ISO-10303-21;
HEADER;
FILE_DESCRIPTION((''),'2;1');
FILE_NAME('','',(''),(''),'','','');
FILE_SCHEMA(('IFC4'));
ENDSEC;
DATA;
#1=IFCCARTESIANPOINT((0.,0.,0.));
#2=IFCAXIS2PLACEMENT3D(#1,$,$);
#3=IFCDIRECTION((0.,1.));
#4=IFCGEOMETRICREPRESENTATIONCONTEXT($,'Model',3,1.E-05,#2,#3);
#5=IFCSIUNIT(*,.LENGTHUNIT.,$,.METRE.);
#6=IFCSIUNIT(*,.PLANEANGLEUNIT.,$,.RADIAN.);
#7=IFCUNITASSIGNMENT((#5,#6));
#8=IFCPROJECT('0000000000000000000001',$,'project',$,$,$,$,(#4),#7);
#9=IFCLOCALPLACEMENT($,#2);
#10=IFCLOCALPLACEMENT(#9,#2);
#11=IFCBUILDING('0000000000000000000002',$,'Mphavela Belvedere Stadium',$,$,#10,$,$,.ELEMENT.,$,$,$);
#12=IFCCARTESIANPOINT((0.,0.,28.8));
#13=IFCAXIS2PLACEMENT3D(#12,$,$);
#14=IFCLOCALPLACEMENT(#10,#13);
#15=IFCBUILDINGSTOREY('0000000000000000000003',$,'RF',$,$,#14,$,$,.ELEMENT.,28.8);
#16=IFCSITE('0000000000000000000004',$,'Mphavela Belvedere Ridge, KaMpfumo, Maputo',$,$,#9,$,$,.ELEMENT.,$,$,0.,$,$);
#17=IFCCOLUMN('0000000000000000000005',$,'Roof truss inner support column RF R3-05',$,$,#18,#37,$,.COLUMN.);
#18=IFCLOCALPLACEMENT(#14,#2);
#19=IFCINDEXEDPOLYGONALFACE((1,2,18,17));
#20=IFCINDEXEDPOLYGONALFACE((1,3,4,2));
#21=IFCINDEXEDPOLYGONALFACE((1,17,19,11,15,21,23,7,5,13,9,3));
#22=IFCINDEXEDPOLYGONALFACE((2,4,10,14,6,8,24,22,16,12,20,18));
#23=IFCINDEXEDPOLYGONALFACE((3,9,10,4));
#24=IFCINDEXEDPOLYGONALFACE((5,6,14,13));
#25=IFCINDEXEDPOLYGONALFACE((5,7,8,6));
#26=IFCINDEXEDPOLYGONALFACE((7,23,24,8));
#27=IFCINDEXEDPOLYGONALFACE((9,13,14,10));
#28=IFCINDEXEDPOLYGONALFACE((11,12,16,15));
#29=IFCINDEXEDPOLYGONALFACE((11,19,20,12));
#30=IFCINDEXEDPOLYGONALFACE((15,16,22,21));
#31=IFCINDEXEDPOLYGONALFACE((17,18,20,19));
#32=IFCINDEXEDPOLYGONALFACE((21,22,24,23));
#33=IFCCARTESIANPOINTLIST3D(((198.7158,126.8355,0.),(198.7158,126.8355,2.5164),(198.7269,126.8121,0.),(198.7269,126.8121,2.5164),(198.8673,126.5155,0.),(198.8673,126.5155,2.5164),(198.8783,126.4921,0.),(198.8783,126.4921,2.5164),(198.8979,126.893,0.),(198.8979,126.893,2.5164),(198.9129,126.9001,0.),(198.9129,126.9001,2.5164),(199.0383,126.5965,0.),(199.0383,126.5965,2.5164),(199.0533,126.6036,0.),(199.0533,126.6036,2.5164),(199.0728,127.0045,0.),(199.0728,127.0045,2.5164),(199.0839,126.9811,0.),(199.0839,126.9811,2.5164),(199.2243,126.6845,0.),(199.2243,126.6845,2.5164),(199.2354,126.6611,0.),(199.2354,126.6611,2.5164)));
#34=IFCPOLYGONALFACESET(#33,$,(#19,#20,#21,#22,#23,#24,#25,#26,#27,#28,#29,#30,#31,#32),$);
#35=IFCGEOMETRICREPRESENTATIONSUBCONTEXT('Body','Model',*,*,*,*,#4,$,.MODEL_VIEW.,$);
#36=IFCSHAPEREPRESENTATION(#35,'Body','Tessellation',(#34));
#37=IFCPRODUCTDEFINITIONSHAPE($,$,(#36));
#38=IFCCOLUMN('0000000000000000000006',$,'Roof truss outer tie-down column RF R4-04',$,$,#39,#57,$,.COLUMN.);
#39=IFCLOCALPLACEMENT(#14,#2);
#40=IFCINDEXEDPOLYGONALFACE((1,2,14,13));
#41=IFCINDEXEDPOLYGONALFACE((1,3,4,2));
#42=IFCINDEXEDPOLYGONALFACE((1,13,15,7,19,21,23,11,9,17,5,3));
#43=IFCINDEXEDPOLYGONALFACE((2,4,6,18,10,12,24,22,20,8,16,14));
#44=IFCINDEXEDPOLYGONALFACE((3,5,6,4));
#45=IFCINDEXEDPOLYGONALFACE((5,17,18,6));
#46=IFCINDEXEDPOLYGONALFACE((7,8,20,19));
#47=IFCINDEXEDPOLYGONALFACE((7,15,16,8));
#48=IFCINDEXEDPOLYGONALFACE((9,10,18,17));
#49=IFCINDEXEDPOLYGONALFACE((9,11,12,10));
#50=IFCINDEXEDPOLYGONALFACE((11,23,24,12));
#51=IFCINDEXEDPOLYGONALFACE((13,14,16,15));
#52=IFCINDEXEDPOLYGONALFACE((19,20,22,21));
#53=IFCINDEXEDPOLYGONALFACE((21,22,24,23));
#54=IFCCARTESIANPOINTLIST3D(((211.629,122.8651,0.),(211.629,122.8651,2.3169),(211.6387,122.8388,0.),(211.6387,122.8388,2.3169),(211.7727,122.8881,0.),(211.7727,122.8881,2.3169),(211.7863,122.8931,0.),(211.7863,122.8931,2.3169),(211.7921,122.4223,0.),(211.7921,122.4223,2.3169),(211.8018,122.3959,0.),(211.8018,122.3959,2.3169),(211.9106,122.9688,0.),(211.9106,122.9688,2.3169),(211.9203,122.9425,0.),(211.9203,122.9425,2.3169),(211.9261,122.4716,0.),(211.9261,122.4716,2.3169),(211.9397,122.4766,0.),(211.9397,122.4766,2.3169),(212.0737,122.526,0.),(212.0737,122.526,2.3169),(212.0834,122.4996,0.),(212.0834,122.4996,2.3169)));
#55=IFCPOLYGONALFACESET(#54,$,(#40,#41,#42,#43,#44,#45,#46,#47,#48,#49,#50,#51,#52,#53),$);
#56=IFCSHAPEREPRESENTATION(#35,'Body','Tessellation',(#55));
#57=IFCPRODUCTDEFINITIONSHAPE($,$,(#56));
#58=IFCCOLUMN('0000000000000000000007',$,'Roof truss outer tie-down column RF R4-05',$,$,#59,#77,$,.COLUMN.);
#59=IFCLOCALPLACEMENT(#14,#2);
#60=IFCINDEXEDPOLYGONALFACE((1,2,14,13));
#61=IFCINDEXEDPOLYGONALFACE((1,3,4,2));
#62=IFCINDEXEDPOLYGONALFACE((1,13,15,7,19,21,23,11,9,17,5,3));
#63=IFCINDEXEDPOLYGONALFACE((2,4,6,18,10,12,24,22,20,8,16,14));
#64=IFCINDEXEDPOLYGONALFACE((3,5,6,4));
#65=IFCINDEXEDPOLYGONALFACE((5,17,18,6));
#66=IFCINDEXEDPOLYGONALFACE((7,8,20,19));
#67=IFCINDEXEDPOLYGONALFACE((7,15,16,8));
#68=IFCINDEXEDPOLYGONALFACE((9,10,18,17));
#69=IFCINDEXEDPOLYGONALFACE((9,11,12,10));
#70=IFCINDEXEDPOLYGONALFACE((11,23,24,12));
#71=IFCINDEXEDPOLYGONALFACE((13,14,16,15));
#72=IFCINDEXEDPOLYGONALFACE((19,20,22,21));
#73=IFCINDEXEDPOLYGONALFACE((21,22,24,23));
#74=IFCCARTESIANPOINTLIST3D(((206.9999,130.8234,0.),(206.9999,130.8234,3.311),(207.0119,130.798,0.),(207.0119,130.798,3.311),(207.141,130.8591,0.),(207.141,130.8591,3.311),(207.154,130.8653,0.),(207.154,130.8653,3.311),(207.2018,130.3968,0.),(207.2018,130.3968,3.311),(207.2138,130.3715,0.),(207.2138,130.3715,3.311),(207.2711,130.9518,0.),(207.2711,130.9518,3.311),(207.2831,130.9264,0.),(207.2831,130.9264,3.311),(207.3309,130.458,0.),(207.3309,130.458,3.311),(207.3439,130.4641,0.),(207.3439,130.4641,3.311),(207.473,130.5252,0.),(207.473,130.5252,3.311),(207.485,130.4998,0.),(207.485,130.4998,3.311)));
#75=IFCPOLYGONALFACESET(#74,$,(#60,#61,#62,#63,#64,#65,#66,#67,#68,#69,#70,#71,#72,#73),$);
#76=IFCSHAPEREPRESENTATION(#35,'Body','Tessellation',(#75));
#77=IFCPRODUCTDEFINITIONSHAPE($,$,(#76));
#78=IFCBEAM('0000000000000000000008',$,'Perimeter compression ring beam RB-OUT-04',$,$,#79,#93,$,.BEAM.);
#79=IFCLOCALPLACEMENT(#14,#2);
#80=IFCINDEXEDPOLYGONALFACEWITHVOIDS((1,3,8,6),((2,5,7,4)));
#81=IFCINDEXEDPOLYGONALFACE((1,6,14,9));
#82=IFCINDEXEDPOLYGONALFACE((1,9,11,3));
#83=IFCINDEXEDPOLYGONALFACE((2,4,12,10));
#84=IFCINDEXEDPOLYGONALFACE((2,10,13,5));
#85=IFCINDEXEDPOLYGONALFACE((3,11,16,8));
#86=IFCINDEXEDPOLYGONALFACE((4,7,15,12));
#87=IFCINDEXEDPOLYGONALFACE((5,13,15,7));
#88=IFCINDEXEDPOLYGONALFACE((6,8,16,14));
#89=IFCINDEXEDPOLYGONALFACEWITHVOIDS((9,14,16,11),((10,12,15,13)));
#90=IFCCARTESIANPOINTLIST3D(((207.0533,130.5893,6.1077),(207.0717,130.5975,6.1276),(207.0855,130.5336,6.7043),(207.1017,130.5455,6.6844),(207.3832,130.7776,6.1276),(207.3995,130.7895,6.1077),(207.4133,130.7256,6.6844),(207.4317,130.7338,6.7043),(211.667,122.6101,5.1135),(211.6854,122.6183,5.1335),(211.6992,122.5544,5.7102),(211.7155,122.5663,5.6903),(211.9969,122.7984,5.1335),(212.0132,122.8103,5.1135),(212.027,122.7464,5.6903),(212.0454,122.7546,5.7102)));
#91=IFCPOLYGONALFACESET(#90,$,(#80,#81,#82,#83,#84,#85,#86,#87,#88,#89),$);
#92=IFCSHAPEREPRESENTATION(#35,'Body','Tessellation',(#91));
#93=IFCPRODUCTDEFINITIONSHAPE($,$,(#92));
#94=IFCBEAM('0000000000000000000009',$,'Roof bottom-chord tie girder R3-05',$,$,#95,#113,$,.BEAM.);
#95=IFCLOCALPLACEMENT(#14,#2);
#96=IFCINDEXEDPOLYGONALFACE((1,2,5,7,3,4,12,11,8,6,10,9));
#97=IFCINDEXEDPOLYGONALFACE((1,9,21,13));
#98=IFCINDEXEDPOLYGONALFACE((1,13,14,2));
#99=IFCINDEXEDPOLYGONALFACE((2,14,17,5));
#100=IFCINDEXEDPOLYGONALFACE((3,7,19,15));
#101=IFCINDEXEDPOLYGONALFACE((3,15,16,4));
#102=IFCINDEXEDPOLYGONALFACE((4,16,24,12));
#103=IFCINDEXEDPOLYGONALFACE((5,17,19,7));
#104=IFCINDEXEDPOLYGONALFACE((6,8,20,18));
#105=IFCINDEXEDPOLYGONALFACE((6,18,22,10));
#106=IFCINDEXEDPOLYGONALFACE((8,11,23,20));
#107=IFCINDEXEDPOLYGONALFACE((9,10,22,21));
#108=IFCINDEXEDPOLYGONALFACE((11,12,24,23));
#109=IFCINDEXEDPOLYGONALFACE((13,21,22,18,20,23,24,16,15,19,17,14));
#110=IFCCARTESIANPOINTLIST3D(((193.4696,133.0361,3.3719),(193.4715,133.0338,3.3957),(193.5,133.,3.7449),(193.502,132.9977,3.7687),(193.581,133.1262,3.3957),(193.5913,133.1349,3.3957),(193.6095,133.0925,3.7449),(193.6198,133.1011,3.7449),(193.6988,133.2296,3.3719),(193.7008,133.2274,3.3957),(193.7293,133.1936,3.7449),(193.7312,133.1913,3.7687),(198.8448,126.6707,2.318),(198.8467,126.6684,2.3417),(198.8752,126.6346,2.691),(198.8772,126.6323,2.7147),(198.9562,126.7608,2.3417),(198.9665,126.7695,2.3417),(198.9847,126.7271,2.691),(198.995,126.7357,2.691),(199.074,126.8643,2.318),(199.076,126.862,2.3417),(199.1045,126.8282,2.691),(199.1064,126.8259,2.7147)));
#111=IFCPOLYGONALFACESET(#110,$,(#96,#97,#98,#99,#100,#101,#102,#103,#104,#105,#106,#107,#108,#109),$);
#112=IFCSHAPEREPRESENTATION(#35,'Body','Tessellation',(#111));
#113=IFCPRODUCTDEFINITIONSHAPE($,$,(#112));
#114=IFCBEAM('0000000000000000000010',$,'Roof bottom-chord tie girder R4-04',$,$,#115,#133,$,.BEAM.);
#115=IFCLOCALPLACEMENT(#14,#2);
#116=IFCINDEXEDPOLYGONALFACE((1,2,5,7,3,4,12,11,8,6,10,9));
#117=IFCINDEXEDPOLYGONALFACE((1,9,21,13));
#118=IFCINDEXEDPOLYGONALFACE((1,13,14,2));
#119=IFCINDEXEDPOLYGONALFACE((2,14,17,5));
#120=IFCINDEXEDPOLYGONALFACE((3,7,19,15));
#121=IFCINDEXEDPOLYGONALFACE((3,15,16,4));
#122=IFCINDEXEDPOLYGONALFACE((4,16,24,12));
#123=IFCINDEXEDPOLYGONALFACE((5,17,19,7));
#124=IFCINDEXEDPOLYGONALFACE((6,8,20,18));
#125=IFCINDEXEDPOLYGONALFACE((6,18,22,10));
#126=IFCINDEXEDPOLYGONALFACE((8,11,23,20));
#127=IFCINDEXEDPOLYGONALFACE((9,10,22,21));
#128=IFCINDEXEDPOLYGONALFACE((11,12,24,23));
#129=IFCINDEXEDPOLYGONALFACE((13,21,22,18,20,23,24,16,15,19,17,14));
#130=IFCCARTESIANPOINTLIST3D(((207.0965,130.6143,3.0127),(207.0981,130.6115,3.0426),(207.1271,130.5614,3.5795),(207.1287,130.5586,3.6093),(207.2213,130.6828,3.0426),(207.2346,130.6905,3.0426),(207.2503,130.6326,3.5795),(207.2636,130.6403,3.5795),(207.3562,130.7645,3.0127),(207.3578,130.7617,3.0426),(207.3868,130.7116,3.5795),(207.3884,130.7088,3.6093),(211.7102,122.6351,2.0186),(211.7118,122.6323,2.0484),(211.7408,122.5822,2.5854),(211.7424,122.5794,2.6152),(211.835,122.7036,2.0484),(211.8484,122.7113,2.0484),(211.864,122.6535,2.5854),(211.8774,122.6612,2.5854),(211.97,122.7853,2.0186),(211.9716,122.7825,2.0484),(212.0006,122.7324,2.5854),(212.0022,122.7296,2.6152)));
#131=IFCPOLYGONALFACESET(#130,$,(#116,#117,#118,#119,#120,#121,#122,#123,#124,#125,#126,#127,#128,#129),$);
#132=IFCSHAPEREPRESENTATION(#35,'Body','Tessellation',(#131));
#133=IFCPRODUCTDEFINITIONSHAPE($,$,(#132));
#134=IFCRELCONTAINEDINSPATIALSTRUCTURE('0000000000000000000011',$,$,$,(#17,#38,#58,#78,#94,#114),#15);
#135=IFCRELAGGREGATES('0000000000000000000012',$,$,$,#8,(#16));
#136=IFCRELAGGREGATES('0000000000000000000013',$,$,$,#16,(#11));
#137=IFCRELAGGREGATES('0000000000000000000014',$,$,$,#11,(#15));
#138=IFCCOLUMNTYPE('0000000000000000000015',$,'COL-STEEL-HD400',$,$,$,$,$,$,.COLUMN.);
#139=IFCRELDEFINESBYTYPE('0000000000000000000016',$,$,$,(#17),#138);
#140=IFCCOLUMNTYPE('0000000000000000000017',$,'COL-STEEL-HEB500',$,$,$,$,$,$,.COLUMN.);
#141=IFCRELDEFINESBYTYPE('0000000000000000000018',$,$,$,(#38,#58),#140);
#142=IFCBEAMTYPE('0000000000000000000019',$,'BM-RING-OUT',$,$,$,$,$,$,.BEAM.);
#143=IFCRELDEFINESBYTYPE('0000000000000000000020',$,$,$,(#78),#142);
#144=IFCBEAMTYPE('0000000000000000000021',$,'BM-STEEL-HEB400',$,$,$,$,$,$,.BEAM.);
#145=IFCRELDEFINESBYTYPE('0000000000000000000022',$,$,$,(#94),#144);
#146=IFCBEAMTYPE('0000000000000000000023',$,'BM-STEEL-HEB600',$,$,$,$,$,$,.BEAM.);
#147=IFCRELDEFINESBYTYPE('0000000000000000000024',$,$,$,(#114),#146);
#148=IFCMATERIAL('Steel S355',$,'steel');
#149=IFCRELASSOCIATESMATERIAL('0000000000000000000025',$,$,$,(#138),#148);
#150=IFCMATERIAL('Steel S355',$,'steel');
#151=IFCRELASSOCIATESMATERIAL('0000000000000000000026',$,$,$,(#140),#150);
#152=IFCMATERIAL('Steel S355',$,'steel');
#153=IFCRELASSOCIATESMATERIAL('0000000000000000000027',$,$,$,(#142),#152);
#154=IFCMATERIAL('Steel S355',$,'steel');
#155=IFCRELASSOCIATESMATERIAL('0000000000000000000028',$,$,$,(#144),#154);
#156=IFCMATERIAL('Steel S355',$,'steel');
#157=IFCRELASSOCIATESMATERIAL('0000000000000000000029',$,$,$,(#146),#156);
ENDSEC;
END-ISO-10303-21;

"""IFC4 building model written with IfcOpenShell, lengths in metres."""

from ifc_helpers import new_model, si_unit, direction, frame, origin, origin_2d, place, context, subcontext, project, spatial, hollow_rectangle, i_section, extrude, material, material_profile, profile_set, type_object, element, save


model = new_model("IFC4")

# Units and contexts
model_context = context("Model", 3, precision=1e-05, world=origin(), true_north=direction((0.0, 1.0)))
body_context = subcontext(model_context, "Body", "Model", "MODEL_VIEW")
ifc_project = project(units=[si_unit("LENGTHUNIT", "METRE"), si_unit("PLANEANGLEUNIT", "RADIAN")], contexts=[model_context])

# Site, building, storey
site_placement = place(None, origin())
site = spatial("IfcSite", under=ifc_project, at=site_placement, Name="Mphavela Belvedere Ridge, KaMpfumo, Maputo", CompositionType="ELEMENT", RefElevation=0.0)
building_placement = place(site_placement, origin())
building = spatial("IfcBuilding", under=site, at=building_placement, Name="Mphavela Belvedere Stadium", CompositionType="ELEMENT")
storey_placement = place(building_placement, frame((0.0, 0.0, 28.8)))
storey = spatial("IfcBuildingStorey", under=building, at=storey_placement, Name="RF", CompositionType="ELEMENT", Elevation=28.8)

# Columns
ifc_material_1 = material(Name="Steel S355", Category="steel")
ifc_material_profile_1 = material_profile(ifc_material_1, i_section(OverallWidth=0.395, OverallDepth=0.3799, WebThickness=0.0166, FlangeThickness=0.0259, at=origin_2d()), Name="HD 400x237")
ifc_profile_set_1 = profile_set([ifc_material_profile_1], Name="Steel S355")
column_type_1 = type_object("IfcColumnType", Name="COL-STEEL-HD400", PredefinedType="COLUMN", material=ifc_profile_set_1)
column_1_placement = place(storey_placement, frame((198.9756, 126.7483, 0.0), z_axis=(0.0, 0.0, 1.0), x_axis=(0.903859, 0.427831, 0.0)))
element("IfcColumn", 1, at=column_1_placement, inside=storey, type_object=column_type_1, Name="Roof truss inner support column RF R3-05", PredefinedType="COLUMN", context=body_context, shape_type="SweptSolid", body=[
    extrude(i_section(OverallWidth=0.395, OverallDepth=0.3799, WebThickness=0.0166, FlangeThickness=0.0259, at=origin_2d()), origin(), (0.0, 0.0, 1.0), 2.5164),
])
ifc_material_2 = material(Name="Steel S355", Category="steel")
ifc_material_profile_2 = material_profile(ifc_material_2, i_section(OverallWidth=0.3, OverallDepth=0.5, WebThickness=0.0144, FlangeThickness=0.0281, at=origin_2d()), Name="HEB 500")
ifc_profile_set_2 = profile_set([ifc_material_profile_2], Name="Steel S355")
column_type_2 = type_object("IfcColumnType", Name="COL-STEEL-HEB500", PredefinedType="COLUMN", material=ifc_profile_set_2)
column_2_placement = place(storey_placement, frame((211.8562, 122.6824, 0.0), z_axis=(0.0, 0.0, 1.0), x_axis=(0.938372, 0.345626, 0.0)))
element("IfcColumn", 2, at=column_2_placement, inside=storey, type_object=column_type_2, Name="Roof truss outer tie-down column RF R4-04", PredefinedType="COLUMN", context=body_context, shape_type="SweptSolid", body=[
    extrude(i_section(OverallWidth=0.3, OverallDepth=0.5, WebThickness=0.0144, FlangeThickness=0.0281, at=origin_2d()), origin(), (0.0, 0.0, 1.0), 2.3169),
])
column_3_placement = place(storey_placement, frame((207.2424, 130.6616, 0.0), z_axis=(0.0, 0.0, 1.0), x_axis=(0.903859, 0.427831, 0.0)))
element("IfcColumn", 3, at=column_3_placement, inside=storey, type_object=column_type_2, Name="Roof truss outer tie-down column RF R4-05", PredefinedType="COLUMN", context=body_context, shape_type="SweptSolid", body=[
    extrude(i_section(OverallWidth=0.3, OverallDepth=0.5, WebThickness=0.0144, FlangeThickness=0.0281, at=origin_2d()), origin(), (0.0, 0.0, 1.0), 3.311),
])

# Beams
ifc_material_3 = material(Name="Steel S355", Category="steel")
ifc_material_profile_3 = material_profile(ifc_material_3, hollow_rectangle(XDim=0.3999, YDim=0.6001, WallThickness=0.02, at=origin_2d()), Name="RHS 600x400x20")
ifc_profile_set_3 = profile_set([ifc_material_profile_3], Name="Steel S355")
beam_type_1 = type_object("IfcBeamType", Name="BM-RING-OUT", PredefinedType="BEAM", material=ifc_profile_set_3)
beam_1_placement = place(storey_placement, frame((211.8562, 122.6824, 5.4119), z_axis=(-0.497679, 0.860707, 0.107236), x_axis=(-0.865699, -0.500565, 0.0)))
element("IfcBeam", 4, at=beam_1_placement, inside=storey, type_object=beam_type_1, Name="Perimeter compression ring beam RB-OUT-04", PredefinedType="BEAM", context=body_context, shape_type="SweptSolid", body=[
    extrude(hollow_rectangle(XDim=0.3999, YDim=0.6001, WallThickness=0.02, at=origin_2d()), origin(), (0.0, 0.0, 1.0), 9.2705),
])
ifc_material_4 = material(Name="Steel S355", Category="steel")
ifc_material_profile_4 = material_profile(ifc_material_4, i_section(OverallWidth=0.3, OverallDepth=0.3999, WebThickness=0.0134, FlangeThickness=0.0239, at=origin_2d()), Name="HEB 400")
ifc_profile_set_4 = profile_set([ifc_material_profile_4], Name="Steel S355")
beam_type_2 = type_object("IfcBeamType", Name="BM-STEEL-HEB400", PredefinedType="BEAM", material=ifc_profile_set_4)
beam_2_placement = place(storey_placement, frame((198.9756, 126.7483, 2.5164), z_axis=(-0.640076, 0.757992, 0.125503), x_axis=(-0.764033, -0.645177, 0.0)))
element("IfcBeam", 5, at=beam_2_placement, inside=storey, type_object=beam_type_2, Name="Roof bottom-chord tie girder R3-05", PredefinedType="BEAM", context=body_context, shape_type="SweptSolid", body=[
    extrude(i_section(OverallWidth=0.3, OverallDepth=0.3999, WebThickness=0.0134, FlangeThickness=0.0239, at=origin_2d()), origin(), (0.0, 0.0, 1.0), 8.3977),
])
ifc_material_5 = material(Name="Steel S355", Category="steel")
ifc_material_profile_5 = material_profile(ifc_material_5, i_section(OverallWidth=0.3, OverallDepth=0.6001, WebThickness=0.0154, FlangeThickness=0.03, at=origin_2d()), Name="HEB 600")
ifc_profile_set_5 = profile_set([ifc_material_profile_5], Name="Steel S355")
beam_type_3 = type_object("IfcBeamType", Name="BM-STEEL-HEB600", PredefinedType="BEAM", material=ifc_profile_set_5)
beam_3_placement = place(storey_placement, frame((211.8562, 122.6824, 2.3169), z_axis=(-0.497679, 0.860707, 0.107236), x_axis=(-0.865699, -0.500565, 0.0)))
element("IfcBeam", 6, at=beam_3_placement, inside=storey, type_object=beam_type_3, Name="Roof bottom-chord tie girder R4-04", PredefinedType="BEAM", context=body_context, shape_type="SweptSolid", body=[
    extrude(i_section(OverallWidth=0.3, OverallDepth=0.6001, WebThickness=0.0154, FlangeThickness=0.03, at=origin_2d()), origin(), (0.0, 0.0, 1.0), 9.2705),
])

save(model, "model.ifc")
